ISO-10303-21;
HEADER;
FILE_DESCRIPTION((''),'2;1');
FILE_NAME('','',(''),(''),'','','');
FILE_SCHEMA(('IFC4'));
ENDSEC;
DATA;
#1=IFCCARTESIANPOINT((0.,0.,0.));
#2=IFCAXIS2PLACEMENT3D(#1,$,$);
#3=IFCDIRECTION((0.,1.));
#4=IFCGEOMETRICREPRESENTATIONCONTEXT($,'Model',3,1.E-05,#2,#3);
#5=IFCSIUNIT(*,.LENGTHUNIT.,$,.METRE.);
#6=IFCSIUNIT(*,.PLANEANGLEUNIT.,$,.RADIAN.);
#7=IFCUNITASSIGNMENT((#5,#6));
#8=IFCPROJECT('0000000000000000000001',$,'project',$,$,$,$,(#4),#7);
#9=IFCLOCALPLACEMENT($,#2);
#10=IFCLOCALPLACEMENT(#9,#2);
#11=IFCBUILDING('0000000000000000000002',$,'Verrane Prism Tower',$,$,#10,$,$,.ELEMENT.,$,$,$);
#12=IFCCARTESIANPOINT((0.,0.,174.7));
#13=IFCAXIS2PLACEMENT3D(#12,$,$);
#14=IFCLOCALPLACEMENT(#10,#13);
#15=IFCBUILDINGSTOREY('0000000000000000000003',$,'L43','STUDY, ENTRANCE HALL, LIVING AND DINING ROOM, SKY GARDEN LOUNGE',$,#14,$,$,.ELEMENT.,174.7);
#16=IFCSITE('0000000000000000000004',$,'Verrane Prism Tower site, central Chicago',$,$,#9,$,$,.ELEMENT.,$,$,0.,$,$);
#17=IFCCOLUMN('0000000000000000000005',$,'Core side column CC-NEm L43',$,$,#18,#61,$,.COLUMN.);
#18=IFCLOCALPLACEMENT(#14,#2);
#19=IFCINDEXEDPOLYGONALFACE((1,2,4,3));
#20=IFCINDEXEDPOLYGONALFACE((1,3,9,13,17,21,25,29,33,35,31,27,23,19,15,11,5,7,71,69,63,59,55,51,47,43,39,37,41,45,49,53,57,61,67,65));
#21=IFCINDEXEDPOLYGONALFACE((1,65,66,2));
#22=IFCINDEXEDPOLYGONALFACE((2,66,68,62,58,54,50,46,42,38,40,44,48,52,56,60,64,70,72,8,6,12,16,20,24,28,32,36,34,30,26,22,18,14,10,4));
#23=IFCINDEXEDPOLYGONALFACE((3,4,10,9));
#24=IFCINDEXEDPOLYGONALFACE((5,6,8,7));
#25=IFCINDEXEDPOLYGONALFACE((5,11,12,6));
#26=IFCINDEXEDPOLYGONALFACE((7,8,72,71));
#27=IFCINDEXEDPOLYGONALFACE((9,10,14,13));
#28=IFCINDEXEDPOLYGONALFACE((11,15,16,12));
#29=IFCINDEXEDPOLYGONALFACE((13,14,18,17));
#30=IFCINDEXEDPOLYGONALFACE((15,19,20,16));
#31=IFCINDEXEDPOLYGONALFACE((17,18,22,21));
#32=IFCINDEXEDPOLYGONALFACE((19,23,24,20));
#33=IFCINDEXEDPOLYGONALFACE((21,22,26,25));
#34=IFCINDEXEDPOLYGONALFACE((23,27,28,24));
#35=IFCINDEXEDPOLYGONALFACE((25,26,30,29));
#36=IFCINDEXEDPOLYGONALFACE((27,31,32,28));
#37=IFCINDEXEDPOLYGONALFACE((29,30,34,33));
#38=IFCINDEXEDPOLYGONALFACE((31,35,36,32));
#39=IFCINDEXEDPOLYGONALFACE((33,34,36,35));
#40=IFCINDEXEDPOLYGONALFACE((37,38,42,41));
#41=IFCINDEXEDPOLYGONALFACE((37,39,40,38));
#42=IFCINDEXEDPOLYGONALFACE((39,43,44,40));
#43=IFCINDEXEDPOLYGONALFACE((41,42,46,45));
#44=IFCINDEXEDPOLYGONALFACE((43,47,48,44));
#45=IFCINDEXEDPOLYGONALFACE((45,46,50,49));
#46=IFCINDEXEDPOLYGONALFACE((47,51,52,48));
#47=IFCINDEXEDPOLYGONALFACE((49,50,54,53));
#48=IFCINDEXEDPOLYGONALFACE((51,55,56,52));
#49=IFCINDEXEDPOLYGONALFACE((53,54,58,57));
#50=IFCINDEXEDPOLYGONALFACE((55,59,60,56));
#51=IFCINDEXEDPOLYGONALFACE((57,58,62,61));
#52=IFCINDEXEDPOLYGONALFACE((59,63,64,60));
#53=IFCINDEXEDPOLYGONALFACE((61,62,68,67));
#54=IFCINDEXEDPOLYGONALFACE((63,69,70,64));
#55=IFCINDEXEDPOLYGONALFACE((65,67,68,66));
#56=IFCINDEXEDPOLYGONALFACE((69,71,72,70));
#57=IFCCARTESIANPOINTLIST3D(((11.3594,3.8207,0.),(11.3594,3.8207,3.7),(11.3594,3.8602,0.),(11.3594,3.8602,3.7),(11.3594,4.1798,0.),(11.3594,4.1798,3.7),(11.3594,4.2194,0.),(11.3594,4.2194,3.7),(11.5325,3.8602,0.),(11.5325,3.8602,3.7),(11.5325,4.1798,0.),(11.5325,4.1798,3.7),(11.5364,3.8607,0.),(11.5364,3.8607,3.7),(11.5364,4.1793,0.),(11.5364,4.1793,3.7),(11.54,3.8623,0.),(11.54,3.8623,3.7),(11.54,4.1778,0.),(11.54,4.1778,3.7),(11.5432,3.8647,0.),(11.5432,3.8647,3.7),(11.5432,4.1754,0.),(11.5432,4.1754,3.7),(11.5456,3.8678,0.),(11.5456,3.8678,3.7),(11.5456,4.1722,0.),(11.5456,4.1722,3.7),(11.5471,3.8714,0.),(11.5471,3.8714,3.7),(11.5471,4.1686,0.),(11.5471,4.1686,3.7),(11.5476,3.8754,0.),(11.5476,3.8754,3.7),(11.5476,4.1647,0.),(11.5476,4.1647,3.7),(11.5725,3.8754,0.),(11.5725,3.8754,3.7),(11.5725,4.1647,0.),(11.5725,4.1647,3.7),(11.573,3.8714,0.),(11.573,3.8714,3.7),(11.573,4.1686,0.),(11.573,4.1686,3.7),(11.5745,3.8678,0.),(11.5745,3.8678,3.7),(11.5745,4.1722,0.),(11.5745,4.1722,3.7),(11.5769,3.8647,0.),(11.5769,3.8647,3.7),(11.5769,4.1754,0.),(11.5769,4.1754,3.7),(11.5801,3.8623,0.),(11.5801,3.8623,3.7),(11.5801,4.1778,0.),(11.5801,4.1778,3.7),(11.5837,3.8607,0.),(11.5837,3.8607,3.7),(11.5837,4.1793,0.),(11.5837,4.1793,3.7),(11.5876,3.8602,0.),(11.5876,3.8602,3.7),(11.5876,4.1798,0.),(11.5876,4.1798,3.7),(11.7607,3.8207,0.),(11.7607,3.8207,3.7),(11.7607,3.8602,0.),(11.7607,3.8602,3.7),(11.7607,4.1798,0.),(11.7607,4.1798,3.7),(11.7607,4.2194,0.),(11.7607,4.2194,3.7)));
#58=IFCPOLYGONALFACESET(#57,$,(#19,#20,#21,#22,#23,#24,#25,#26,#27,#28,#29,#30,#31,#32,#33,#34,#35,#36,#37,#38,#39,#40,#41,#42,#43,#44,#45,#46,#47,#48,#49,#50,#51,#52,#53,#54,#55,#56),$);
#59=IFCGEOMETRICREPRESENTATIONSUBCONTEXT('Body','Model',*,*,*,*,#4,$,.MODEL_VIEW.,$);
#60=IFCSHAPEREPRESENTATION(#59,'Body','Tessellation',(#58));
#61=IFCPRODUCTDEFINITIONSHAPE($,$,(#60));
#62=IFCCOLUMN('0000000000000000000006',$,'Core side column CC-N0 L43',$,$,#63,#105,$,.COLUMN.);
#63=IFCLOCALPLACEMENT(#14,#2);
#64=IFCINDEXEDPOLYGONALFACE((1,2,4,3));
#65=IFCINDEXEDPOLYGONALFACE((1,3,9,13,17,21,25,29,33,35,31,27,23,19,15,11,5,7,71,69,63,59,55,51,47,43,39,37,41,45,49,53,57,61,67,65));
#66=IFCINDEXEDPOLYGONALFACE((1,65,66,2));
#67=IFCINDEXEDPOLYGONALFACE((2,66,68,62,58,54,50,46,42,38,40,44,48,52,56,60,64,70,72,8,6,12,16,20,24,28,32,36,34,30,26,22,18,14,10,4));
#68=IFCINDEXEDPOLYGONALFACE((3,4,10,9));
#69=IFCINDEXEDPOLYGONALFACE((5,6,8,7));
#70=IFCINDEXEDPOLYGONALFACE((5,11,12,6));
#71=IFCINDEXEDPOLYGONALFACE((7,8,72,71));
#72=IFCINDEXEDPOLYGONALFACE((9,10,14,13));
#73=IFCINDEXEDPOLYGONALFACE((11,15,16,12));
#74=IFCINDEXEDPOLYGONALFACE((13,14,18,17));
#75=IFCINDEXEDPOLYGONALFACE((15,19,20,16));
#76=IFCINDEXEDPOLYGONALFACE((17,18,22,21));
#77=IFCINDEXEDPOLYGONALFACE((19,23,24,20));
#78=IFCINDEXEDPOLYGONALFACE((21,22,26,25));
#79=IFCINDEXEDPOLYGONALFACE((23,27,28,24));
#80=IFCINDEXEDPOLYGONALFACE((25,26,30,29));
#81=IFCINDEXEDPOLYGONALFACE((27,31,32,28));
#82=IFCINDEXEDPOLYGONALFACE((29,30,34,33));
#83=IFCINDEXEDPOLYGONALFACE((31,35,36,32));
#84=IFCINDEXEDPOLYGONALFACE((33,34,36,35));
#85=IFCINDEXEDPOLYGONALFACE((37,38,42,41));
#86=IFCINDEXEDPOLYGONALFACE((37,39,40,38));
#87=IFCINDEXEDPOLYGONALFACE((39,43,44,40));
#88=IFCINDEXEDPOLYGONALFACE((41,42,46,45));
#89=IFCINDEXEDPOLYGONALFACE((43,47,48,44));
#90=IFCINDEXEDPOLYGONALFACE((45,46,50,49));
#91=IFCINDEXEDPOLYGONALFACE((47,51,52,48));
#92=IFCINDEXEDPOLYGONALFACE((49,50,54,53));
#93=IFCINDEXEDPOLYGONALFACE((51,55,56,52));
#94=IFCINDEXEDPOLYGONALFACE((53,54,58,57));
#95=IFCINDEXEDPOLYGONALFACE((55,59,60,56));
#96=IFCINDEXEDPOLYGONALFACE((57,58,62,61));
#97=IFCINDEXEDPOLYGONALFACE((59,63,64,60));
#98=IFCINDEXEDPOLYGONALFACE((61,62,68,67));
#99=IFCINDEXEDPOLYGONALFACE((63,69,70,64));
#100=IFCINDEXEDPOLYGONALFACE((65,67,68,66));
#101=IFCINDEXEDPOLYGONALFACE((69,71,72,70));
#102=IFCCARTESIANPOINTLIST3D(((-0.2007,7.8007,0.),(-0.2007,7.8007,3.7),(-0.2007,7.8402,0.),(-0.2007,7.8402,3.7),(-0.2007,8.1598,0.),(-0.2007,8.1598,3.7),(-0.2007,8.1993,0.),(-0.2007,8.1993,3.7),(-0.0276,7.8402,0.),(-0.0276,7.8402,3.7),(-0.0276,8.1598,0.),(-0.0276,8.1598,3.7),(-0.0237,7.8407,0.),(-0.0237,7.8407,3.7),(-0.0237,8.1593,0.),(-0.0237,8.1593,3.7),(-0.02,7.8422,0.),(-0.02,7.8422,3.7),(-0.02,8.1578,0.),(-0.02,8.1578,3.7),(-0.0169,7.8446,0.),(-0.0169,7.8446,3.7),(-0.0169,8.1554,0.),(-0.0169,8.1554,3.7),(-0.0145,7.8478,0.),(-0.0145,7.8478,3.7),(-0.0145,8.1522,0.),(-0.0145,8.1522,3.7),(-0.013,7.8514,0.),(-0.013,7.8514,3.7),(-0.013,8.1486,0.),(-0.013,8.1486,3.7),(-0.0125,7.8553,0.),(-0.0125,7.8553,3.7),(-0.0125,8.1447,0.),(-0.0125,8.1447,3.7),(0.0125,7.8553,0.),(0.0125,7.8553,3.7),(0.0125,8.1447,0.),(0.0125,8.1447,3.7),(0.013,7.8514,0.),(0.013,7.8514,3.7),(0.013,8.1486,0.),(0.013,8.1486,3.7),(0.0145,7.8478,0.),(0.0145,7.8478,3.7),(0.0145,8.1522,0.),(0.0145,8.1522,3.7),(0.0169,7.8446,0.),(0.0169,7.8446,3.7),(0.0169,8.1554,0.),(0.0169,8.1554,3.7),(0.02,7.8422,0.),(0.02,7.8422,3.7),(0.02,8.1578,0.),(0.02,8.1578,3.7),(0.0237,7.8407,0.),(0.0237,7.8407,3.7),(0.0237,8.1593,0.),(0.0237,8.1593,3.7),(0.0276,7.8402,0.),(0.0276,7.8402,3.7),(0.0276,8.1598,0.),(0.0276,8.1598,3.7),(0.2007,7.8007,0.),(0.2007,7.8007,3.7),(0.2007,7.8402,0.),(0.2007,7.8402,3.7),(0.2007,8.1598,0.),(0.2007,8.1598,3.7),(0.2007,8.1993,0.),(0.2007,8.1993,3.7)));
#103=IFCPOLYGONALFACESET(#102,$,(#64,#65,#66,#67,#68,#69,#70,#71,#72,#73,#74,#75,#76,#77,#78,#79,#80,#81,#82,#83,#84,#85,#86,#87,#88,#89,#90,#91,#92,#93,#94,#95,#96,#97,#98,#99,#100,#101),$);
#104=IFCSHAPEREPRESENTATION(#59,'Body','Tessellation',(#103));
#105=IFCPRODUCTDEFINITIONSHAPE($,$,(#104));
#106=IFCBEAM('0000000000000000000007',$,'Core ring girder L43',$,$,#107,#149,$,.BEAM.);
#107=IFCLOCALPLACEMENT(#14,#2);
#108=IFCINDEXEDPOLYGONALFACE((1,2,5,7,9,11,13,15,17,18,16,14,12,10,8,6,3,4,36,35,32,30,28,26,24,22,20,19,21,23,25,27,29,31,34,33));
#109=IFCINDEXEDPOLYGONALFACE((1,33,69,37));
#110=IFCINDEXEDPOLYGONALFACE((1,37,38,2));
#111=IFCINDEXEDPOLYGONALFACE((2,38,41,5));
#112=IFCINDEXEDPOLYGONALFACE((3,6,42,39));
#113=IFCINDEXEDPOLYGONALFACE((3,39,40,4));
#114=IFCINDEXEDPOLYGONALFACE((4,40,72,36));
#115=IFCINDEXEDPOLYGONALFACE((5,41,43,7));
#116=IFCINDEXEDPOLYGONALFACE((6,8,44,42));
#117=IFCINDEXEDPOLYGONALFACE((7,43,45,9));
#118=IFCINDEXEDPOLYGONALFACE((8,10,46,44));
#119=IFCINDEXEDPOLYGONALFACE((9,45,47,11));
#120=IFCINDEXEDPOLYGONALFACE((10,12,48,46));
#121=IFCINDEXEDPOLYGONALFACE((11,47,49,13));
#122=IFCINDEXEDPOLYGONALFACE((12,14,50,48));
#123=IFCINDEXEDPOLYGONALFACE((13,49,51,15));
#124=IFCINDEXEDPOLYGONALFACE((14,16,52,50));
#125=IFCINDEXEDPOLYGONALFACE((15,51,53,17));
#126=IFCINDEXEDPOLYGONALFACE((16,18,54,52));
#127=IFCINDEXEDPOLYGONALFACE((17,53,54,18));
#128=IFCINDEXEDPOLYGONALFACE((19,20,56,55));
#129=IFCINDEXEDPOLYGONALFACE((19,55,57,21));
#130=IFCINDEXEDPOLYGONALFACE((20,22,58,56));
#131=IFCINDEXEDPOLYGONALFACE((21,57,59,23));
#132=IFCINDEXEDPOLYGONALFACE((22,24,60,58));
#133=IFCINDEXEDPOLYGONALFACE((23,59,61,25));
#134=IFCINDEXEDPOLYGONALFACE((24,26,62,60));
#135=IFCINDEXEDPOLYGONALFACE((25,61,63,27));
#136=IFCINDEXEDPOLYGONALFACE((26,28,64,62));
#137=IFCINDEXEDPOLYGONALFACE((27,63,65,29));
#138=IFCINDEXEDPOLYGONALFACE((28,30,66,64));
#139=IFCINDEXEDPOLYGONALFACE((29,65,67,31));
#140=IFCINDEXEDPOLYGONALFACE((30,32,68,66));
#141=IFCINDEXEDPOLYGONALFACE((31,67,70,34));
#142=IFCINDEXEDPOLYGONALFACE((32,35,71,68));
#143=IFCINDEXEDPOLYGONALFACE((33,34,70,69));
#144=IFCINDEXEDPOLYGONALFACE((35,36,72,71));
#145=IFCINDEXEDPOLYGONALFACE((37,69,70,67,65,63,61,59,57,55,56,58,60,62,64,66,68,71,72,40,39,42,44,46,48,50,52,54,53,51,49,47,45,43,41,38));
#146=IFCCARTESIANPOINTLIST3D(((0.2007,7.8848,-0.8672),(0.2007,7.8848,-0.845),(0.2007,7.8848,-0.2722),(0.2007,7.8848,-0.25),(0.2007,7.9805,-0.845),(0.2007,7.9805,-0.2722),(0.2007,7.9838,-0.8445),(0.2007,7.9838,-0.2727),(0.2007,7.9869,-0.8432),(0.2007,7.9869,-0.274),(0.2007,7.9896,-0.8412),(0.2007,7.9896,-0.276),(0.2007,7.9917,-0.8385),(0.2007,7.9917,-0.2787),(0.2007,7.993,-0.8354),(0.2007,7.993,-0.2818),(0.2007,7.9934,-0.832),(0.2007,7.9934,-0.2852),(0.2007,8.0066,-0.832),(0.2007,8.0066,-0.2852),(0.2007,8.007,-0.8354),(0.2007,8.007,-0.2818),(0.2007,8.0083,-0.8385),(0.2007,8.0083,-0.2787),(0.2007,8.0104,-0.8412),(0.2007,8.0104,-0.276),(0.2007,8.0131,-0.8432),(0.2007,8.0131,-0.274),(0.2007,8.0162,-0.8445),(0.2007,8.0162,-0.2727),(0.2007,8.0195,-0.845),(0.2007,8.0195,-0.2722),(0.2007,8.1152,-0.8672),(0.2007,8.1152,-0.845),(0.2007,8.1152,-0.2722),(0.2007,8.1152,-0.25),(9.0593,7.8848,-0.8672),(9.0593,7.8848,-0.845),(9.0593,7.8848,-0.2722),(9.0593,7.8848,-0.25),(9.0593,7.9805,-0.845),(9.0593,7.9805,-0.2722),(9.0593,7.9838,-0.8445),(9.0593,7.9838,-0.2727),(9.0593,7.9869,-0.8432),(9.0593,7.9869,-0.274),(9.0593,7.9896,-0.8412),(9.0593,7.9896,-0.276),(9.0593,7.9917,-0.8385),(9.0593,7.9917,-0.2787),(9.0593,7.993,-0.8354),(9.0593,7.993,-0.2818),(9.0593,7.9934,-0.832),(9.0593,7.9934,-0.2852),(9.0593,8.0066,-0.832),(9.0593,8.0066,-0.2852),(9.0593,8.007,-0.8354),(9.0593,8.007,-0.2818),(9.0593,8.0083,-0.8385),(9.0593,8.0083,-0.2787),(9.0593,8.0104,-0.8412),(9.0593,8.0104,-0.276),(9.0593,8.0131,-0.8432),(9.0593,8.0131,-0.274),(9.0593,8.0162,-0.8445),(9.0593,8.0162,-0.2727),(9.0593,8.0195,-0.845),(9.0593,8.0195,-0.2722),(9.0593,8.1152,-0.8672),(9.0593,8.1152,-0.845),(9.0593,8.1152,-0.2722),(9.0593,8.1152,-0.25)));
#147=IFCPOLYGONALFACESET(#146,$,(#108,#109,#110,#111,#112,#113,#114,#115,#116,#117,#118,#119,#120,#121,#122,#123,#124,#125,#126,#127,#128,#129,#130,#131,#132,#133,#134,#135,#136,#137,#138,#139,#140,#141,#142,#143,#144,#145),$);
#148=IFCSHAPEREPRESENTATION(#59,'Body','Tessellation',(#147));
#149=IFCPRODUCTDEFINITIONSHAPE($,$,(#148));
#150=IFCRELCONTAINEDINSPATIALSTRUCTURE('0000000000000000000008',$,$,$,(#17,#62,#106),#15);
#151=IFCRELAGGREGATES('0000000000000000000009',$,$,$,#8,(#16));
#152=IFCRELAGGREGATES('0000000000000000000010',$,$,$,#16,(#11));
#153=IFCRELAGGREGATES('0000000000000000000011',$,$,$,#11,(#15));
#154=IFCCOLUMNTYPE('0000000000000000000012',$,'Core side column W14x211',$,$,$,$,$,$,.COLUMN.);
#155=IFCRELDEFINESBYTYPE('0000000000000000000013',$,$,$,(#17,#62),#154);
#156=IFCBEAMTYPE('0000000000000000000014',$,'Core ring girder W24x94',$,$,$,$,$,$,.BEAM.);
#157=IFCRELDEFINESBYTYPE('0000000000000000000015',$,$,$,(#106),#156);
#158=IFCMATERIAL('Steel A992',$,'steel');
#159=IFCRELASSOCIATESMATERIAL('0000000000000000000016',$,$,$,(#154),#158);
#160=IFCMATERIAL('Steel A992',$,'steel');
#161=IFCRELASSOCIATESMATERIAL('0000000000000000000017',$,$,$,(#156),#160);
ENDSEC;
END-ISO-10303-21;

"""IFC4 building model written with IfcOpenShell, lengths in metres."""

from ifc_helpers import new_model, si_unit, direction, frame, origin, origin_2d, place, context, subcontext, project, spatial, i_section, extrude, material, material_profile, profile_set, type_object, element, save


model = new_model("IFC4")

# Units and contexts
model_context = context("Model", 3, precision=1e-05, world=origin(), true_north=direction((0.0, 1.0)))
body_context = subcontext(model_context, "Body", "Model", "MODEL_VIEW")
ifc_project = project(units=[si_unit("LENGTHUNIT", "METRE"), si_unit("PLANEANGLEUNIT", "RADIAN")], contexts=[model_context])

# Site, building, storey
site_placement = place(None, origin())
site = spatial("IfcSite", under=ifc_project, at=site_placement, Name="Verrane Prism Tower site, central Chicago", CompositionType="ELEMENT", RefElevation=0.0)
building_placement = place(site_placement, origin())
building = spatial("IfcBuilding", under=site, at=building_placement, Name="Verrane Prism Tower", CompositionType="ELEMENT")
storey_placement = place(building_placement, frame((0.0, 0.0, 174.7)))
storey = spatial("IfcBuildingStorey", under=building, at=storey_placement, Name="L43", Description="STUDY, ENTRANCE HALL, LIVING AND DINING ROOM, SKY GARDEN LOUNGE", CompositionType="ELEMENT", Elevation=174.7)

# Columns
ifc_material_1 = material(Name="Steel A992", Category="steel")
ifc_material_profile_1 = material_profile(ifc_material_1, i_section(OverallWidth=0.4014, OverallDepth=0.3987, WebThickness=0.0249, FlangeThickness=0.0396, FilletRadius=0.0151, at=origin_2d()), Name="W14x211")
ifc_profile_set_1 = profile_set([ifc_material_profile_1], Name="Steel A992")
column_type = type_object("IfcColumnType", Name="Core side column W14x211", PredefinedType="COLUMN", material=ifc_profile_set_1)
for number, where, z_axis, x_axis, name in (
    (1, (11.5601, 4.02, 0.0), (0.0, 0.0, 1.0), (1.0, 0.0, 0.0), "Core side column CC-NEm L43"),
    (2, (0.0, 8.0, 0.0), (0.0, 0.0, 1.0), (1.0, 0.0, 0.0), "Core side column CC-N0 L43"),
):
    element("IfcColumn", number, at=place(storey_placement, frame(where, z_axis=z_axis, x_axis=x_axis)), inside=storey, type_object=column_type, Name=name, PredefinedType="COLUMN", context=body_context, shape_type="SweptSolid", body=[
        extrude(i_section(OverallWidth=0.4014, OverallDepth=0.3987, WebThickness=0.0249, FlangeThickness=0.0396, FilletRadius=0.0151, at=origin_2d()), origin(), (0.0, 0.0, 1.0), 3.7),
    ])

# Beam
ifc_material_2 = material(Name="Steel A992", Category="steel")
ifc_material_profile_2 = material_profile(ifc_material_2, i_section(OverallWidth=0.2305, OverallDepth=0.6172, WebThickness=0.0132, FlangeThickness=0.0222, FilletRadius=0.0129, at=origin_2d()), Name="W24x94")
ifc_profile_set_2 = profile_set([ifc_material_profile_2], Name="Steel A992")
beam_type = type_object("IfcBeamType", Name="Core ring girder W24x94", PredefinedType="BEAM", material=ifc_profile_set_2)
beam_placement = place(storey_placement, frame((9.0593, 8.0, -0.5586), z_axis=(-1.0, 0.0, 0.0), x_axis=(0.0, -1.0, 0.0)))
element("IfcBeam", 3, at=beam_placement, inside=storey, type_object=beam_type, Name="Core ring girder L43", PredefinedType="BEAM", context=body_context, shape_type="SweptSolid", body=[
    extrude(i_section(OverallWidth=0.2305, OverallDepth=0.6172, WebThickness=0.0132, FlangeThickness=0.0222, FilletRadius=0.0129, at=origin_2d()), origin(), (0.0, 0.0, 1.0), 8.8586),
])

save(model, "model.ifc")
